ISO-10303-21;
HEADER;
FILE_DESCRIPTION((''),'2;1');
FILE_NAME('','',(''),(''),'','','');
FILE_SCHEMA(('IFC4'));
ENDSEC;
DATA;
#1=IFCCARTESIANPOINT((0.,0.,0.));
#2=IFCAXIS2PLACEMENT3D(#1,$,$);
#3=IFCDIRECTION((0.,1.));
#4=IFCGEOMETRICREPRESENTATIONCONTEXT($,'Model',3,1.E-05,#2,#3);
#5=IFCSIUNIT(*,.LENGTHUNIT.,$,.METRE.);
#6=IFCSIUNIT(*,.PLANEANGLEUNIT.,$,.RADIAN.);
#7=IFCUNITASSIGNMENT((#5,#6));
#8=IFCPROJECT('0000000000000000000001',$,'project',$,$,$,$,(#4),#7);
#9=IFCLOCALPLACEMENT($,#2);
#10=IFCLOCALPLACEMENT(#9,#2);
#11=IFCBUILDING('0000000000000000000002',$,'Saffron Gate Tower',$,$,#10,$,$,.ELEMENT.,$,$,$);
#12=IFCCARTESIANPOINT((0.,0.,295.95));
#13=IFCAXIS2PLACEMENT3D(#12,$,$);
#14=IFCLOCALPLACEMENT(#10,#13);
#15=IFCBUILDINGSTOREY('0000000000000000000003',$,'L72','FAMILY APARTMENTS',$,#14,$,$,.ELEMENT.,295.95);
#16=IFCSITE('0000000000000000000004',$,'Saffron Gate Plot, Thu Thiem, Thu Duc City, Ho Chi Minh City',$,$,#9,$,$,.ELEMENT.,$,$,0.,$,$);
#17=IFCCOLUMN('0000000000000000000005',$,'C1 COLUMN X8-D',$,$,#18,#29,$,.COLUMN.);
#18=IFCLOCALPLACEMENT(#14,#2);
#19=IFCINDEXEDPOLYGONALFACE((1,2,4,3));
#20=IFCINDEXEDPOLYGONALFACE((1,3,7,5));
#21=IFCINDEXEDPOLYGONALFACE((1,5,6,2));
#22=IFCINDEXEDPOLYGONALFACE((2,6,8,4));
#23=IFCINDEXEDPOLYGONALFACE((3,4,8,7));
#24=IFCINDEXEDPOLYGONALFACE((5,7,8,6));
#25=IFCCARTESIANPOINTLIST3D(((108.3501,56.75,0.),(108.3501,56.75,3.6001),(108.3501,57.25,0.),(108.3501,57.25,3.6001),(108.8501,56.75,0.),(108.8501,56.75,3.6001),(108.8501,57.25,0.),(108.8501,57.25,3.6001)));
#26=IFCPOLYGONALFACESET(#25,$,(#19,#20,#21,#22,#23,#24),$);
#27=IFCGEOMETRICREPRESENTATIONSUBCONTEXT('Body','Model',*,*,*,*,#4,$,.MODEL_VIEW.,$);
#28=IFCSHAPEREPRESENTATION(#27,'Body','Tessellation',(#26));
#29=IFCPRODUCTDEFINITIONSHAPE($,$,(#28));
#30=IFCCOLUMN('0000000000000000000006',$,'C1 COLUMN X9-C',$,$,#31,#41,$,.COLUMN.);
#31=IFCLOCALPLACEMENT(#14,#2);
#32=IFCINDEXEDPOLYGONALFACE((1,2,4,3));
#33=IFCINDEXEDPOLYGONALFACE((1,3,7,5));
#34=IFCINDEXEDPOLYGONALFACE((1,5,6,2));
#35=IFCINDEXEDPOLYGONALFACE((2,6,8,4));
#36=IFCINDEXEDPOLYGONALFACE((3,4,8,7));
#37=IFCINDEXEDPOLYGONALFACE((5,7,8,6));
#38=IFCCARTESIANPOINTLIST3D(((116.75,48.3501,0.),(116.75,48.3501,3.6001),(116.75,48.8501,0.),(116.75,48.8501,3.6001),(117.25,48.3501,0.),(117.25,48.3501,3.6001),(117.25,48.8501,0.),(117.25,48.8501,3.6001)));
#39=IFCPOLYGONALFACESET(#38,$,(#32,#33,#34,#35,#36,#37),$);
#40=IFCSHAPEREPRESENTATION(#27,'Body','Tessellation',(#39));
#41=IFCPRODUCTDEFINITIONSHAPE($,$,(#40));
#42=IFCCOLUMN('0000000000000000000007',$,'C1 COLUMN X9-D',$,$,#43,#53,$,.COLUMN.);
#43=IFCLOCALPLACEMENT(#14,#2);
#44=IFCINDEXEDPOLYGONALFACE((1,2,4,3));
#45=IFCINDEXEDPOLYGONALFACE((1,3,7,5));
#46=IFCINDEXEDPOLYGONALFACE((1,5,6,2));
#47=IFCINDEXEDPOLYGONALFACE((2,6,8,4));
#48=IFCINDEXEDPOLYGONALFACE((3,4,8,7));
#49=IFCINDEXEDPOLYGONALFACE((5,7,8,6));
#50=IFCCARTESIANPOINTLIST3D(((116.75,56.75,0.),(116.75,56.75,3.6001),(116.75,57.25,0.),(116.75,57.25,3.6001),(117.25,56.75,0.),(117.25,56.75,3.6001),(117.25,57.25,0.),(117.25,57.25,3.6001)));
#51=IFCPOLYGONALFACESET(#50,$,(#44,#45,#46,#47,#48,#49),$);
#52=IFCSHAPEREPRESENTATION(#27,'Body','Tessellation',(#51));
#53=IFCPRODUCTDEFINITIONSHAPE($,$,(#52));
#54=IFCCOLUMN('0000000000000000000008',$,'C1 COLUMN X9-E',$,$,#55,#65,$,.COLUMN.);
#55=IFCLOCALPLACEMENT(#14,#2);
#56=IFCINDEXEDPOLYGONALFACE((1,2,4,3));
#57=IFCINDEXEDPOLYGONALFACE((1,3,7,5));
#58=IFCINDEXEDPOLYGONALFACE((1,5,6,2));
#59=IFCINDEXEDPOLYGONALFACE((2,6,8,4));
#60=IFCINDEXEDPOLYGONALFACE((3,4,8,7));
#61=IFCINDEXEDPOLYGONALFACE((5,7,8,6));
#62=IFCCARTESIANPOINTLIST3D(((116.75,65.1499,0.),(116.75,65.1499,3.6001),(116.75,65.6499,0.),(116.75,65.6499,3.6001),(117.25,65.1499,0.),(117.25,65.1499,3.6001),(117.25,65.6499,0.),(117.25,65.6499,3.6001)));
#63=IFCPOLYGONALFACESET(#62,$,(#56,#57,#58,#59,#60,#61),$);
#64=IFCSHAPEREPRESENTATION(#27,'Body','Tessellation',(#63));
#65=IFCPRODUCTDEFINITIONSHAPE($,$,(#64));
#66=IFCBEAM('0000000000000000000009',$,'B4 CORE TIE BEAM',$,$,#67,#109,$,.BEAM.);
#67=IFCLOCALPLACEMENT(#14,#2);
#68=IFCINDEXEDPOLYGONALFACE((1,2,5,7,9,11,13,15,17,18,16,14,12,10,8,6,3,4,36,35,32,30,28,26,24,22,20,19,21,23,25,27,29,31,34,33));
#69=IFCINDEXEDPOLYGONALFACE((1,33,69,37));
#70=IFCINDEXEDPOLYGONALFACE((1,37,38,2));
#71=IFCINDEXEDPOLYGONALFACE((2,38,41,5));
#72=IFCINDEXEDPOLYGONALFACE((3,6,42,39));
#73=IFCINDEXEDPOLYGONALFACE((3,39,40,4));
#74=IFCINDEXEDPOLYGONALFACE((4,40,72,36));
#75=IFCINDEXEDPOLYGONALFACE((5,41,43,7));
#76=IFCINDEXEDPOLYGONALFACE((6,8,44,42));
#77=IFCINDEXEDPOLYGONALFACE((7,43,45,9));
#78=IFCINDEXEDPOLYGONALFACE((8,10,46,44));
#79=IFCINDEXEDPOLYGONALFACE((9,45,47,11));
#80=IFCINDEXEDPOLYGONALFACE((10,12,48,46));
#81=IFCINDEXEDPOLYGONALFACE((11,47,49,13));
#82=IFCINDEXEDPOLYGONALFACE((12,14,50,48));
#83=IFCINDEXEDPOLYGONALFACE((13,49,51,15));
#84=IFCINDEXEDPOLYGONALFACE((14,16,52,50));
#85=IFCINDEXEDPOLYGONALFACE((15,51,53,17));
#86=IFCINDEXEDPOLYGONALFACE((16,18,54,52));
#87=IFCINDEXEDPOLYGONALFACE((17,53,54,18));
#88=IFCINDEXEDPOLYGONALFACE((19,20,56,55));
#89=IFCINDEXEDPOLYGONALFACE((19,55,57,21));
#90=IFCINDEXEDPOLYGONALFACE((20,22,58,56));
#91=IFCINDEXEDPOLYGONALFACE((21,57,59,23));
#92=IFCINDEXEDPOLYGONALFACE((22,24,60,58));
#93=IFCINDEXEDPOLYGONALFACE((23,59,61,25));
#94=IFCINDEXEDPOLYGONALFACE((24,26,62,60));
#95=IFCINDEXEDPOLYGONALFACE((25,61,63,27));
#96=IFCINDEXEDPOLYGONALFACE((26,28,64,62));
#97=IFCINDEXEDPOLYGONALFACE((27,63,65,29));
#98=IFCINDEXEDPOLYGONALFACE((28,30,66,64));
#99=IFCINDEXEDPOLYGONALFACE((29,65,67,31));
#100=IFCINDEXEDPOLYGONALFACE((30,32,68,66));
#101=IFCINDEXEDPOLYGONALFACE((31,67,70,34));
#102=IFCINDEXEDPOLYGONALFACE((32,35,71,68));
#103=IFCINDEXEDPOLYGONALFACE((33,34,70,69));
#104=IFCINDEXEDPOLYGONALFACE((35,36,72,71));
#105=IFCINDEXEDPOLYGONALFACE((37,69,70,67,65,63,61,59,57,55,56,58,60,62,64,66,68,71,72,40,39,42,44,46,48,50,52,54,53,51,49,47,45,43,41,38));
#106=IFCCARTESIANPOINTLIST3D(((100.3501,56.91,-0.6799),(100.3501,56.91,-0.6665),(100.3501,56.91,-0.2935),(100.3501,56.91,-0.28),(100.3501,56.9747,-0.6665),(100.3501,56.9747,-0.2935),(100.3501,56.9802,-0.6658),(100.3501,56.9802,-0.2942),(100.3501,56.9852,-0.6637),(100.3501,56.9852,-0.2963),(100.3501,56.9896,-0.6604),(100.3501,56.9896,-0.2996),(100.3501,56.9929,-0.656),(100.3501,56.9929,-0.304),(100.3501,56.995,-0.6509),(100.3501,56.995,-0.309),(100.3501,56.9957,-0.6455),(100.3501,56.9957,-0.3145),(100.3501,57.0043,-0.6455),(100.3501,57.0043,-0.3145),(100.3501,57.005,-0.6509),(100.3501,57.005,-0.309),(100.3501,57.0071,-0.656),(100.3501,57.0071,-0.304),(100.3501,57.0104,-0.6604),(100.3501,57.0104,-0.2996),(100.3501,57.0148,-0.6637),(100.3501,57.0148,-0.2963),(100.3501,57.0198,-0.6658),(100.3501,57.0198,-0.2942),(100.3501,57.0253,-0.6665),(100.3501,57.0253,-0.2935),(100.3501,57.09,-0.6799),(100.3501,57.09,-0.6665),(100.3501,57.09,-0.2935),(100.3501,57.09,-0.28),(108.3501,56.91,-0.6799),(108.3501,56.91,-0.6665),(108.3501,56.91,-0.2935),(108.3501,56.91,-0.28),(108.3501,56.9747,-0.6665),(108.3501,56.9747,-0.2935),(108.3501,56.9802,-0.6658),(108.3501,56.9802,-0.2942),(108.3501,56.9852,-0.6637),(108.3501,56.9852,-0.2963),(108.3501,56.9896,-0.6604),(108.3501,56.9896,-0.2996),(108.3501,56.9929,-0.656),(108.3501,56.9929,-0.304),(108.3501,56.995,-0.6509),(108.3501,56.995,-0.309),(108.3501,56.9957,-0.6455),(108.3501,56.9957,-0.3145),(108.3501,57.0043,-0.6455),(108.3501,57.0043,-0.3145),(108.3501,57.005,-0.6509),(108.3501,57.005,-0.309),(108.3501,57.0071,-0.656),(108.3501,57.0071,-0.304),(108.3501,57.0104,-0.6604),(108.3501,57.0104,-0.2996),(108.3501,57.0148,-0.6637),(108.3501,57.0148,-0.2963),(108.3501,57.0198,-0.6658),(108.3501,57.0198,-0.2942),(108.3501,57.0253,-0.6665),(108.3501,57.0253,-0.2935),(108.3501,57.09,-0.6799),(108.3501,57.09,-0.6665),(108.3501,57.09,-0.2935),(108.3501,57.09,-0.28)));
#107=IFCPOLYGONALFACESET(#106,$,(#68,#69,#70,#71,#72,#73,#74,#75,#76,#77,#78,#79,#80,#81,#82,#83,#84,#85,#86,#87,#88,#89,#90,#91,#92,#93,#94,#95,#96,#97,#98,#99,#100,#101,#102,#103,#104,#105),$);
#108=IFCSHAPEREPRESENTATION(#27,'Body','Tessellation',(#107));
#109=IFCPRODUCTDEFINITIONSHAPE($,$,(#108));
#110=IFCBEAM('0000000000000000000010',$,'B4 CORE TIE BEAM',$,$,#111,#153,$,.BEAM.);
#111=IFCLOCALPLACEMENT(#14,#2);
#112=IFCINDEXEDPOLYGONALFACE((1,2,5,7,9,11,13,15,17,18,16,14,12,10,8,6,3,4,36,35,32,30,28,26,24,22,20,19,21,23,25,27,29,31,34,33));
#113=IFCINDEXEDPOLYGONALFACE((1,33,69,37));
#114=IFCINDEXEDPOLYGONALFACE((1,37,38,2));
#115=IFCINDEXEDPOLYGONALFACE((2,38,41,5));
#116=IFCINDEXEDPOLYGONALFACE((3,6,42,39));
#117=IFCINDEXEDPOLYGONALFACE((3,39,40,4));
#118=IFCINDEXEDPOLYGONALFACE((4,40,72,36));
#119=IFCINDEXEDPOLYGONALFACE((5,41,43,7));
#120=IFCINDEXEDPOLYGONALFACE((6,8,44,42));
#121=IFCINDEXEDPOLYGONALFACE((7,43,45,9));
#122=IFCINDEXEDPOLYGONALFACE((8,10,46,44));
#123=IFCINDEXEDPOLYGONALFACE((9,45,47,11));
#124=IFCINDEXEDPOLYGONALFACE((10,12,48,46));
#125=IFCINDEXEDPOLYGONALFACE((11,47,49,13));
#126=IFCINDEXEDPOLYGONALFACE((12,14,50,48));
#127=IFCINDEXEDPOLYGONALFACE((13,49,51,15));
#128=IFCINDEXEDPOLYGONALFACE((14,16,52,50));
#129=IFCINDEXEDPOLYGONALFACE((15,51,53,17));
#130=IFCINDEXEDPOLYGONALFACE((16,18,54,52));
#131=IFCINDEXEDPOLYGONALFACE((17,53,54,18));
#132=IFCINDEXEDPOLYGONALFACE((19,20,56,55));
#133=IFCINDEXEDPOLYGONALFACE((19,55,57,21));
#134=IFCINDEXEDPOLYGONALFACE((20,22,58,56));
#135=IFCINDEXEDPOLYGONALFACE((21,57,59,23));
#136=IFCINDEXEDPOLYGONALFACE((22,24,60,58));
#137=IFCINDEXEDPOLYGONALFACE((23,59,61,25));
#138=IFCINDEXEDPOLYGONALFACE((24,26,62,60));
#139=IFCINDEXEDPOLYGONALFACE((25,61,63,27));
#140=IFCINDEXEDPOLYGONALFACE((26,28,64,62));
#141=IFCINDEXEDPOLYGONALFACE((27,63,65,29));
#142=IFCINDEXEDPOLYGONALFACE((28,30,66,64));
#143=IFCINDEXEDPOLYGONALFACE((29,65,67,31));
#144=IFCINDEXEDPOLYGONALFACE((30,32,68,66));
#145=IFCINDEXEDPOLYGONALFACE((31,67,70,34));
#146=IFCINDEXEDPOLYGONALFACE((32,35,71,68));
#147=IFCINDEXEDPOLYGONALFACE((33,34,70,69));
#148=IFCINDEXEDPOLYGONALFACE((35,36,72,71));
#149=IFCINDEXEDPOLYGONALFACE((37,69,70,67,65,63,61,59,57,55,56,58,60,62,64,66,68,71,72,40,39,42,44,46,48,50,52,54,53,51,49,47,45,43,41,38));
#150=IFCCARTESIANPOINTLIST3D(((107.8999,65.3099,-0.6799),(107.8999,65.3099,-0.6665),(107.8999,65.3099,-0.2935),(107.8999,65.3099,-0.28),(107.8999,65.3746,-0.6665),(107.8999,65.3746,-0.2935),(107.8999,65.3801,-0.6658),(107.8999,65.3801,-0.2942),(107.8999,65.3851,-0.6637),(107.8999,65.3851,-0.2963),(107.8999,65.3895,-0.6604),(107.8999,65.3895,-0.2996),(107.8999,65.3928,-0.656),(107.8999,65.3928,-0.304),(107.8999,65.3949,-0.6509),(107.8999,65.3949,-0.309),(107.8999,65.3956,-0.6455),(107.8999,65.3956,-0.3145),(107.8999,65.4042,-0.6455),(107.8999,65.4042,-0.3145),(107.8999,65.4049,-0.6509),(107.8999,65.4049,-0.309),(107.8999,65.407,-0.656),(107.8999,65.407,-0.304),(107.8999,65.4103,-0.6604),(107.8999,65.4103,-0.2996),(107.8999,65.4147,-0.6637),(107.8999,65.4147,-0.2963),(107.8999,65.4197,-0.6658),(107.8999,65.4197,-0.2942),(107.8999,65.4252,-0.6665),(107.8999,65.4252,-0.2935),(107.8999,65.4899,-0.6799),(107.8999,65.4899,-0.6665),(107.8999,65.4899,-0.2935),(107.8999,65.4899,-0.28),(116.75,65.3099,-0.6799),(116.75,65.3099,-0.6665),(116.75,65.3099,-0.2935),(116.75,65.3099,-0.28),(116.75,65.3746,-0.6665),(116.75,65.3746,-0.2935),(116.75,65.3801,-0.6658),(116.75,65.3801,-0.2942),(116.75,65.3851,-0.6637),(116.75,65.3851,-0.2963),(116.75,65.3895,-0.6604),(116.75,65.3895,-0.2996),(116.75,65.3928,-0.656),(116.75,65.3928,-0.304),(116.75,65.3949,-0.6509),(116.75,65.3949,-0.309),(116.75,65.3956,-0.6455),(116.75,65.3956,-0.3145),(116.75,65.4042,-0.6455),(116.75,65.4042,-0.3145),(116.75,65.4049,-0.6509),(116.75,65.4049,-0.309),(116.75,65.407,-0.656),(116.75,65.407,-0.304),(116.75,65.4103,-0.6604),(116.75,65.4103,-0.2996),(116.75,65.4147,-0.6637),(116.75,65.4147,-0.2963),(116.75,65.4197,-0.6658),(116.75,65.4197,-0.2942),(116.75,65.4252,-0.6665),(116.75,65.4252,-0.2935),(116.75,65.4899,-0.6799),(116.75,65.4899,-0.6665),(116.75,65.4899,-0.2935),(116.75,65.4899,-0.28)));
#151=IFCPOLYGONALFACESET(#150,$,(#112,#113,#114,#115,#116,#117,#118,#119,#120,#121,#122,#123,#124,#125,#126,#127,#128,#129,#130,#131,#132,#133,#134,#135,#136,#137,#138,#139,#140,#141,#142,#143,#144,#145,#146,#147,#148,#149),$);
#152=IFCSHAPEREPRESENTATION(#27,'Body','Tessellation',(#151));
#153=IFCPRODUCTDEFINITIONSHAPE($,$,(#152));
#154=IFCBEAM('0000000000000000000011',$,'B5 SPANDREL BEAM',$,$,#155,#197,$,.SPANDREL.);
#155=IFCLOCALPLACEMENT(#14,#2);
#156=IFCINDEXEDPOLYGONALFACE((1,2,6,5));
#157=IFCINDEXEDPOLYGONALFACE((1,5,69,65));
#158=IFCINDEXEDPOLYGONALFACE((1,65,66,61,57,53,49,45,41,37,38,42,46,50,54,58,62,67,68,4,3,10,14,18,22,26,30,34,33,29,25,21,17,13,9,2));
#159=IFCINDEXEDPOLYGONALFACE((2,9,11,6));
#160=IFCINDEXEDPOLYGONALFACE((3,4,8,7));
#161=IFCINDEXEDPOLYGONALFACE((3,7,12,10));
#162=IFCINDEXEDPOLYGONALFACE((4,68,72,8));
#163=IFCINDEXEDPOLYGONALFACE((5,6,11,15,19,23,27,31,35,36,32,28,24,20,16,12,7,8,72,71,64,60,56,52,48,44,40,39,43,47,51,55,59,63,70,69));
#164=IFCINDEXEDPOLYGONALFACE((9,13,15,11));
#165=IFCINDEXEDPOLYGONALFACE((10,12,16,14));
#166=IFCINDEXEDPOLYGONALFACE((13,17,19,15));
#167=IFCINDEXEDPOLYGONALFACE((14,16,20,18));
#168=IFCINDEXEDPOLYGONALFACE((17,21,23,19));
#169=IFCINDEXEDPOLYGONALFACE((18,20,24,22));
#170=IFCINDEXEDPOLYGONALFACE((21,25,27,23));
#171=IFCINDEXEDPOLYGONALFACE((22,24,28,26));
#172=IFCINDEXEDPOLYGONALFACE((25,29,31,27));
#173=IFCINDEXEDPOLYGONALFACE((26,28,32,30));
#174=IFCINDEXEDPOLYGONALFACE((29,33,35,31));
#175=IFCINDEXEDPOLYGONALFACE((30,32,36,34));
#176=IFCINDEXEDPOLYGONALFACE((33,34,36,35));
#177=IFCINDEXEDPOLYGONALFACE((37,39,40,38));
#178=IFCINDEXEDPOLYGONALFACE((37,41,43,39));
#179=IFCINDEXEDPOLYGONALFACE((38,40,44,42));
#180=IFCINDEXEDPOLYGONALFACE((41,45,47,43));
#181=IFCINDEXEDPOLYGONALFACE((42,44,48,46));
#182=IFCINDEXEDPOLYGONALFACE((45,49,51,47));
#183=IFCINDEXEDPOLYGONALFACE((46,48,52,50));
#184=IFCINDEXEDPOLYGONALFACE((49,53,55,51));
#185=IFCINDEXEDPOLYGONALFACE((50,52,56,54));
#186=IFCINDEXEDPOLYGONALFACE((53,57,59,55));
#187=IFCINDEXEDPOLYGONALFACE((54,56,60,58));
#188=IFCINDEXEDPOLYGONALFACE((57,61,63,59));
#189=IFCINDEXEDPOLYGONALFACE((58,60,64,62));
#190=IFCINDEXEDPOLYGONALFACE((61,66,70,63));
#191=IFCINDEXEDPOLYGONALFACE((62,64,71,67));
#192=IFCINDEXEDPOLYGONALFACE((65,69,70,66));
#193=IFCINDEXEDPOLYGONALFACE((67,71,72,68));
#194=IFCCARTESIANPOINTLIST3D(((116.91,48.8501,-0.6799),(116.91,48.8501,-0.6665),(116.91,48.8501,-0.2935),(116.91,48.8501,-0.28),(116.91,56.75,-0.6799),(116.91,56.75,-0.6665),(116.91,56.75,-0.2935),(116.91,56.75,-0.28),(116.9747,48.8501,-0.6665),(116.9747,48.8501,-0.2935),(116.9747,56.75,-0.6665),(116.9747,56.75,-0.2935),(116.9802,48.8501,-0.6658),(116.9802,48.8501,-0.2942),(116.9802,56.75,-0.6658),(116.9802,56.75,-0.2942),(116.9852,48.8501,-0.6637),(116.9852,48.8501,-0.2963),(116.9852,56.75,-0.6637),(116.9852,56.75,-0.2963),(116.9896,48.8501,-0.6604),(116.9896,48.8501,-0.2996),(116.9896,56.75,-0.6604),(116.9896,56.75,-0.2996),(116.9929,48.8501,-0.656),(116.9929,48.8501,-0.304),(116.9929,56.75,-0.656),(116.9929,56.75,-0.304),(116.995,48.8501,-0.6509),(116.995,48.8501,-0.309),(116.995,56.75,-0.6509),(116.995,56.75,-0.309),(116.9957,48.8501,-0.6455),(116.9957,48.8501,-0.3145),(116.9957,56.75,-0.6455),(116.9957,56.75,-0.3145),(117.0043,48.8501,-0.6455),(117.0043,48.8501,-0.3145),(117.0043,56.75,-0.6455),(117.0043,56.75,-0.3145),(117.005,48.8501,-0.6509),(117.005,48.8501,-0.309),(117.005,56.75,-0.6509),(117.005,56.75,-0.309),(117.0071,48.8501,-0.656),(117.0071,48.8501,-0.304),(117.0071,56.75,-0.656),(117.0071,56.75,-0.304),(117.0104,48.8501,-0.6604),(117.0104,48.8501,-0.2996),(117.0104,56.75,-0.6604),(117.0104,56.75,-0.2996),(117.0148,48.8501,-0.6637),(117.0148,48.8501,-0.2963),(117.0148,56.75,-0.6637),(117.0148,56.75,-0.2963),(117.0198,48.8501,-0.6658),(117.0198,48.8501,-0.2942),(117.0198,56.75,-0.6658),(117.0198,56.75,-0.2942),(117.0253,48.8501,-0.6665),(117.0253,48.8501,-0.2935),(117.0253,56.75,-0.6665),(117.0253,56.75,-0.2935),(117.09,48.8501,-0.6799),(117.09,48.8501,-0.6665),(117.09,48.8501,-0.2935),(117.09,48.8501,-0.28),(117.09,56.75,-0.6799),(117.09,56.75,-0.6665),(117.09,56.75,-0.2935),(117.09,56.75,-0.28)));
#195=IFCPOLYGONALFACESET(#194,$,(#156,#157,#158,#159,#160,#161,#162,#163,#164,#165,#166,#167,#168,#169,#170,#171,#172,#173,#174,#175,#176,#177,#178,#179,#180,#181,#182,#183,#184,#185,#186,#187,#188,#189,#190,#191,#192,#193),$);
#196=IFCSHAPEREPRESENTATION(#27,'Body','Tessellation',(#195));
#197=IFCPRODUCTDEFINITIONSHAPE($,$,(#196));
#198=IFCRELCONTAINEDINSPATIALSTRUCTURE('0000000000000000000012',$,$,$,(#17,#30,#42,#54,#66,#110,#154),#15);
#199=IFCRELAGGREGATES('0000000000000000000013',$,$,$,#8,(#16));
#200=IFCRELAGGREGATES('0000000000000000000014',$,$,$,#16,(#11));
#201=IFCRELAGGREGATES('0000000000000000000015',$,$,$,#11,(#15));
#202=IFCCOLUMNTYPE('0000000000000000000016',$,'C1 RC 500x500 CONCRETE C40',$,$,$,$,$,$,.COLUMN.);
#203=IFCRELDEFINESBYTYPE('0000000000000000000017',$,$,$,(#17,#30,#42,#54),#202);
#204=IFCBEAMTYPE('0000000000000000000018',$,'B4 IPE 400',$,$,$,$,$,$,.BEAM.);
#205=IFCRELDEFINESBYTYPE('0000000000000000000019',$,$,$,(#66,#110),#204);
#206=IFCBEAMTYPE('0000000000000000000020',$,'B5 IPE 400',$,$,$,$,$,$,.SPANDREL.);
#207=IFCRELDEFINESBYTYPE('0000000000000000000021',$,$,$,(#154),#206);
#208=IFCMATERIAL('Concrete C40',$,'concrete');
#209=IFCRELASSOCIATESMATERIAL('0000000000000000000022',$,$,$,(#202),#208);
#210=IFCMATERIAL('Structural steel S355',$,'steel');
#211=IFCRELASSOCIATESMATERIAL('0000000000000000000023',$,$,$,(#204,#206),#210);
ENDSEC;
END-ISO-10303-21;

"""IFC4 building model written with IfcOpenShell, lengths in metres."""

from ifc_helpers import new_model, si_unit, direction, frame, origin, origin_2d, place, context, subcontext, project, spatial, rectangle, i_section, extrude, material, material_profile, profile_set, type_object, element, save


model = new_model("IFC4")

# Units and contexts
model_context = context("Model", 3, precision=1e-05, world=origin(), true_north=direction((0.0, 1.0)))
body_context = subcontext(model_context, "Body", "Model", "MODEL_VIEW")
ifc_project = project(units=[si_unit("LENGTHUNIT", "METRE"), si_unit("PLANEANGLEUNIT", "RADIAN")], contexts=[model_context])

# Site, building, storey
site_placement = place(None, origin())
site = spatial("IfcSite", under=ifc_project, at=site_placement, Name="Saffron Gate Plot, Thu Thiem, Thu Duc City, Ho Chi Minh City", CompositionType="ELEMENT", RefElevation=0.0)
building_placement = place(site_placement, origin())
building = spatial("IfcBuilding", under=site, at=building_placement, Name="Saffron Gate Tower", CompositionType="ELEMENT")
storey_placement = place(building_placement, frame((0.0, 0.0, 295.95)))
storey = spatial("IfcBuildingStorey", under=building, at=storey_placement, Name="L72", Description="FAMILY APARTMENTS", CompositionType="ELEMENT", Elevation=295.95)

# Columns
ifc_material_1 = material(Name="Concrete C40", Category="concrete")
ifc_material_profile_1 = material_profile(ifc_material_1, rectangle(XDim=0.5, YDim=0.5, at=origin_2d()))
ifc_profile_set_1 = profile_set([ifc_material_profile_1], Name="Concrete C40")
column_type = type_object("IfcColumnType", Name="C1 RC 500x500 CONCRETE C40", PredefinedType="COLUMN", material=ifc_profile_set_1)
for number, where, z_axis, x_axis, name in (
    (1, (108.6001, 57.0, 0.0), (0.0, 0.0, 1.0), (1.0, 0.0, 0.0), "C1 COLUMN X8-D"),
    (2, (117.0, 48.6001, 0.0), (0.0, 0.0, 1.0), (1.0, 0.0, 0.0), "C1 COLUMN X9-C"),
    (3, (117.0, 57.0, 0.0), (0.0, 0.0, 1.0), (1.0, 0.0, 0.0), "C1 COLUMN X9-D"),
    (4, (117.0, 65.3999, 0.0), (0.0, 0.0, 1.0), (1.0, 0.0, 0.0), "C1 COLUMN X9-E"),
):
    element("IfcColumn", number, at=place(storey_placement, frame(where, z_axis=z_axis, x_axis=x_axis)), inside=storey, type_object=column_type, Name=name, PredefinedType="COLUMN", context=body_context, shape_type="SweptSolid", body=[
        extrude(rectangle(XDim=0.5, YDim=0.5, at=origin_2d()), origin(), (0.0, 0.0, 1.0), 3.6001),
    ])

# Beams
ifc_material_2 = material(Name="Structural steel S355", Category="steel")
ifc_material_profile_2 = material_profile(ifc_material_2, i_section(OverallWidth=0.1799, OverallDepth=0.3999, WebThickness=0.0085, FlangeThickness=0.0134, FilletRadius=0.021, at=origin_2d()))
ifc_profile_set_2 = profile_set([ifc_material_profile_2], Name="Structural steel S355")
beam_type_1 = type_object("IfcBeamType", Name="B4 IPE 400", PredefinedType="BEAM", material=ifc_profile_set_2)
beam_1_placement = place(storey_placement, frame((108.3501, 57.0, -0.48), z_axis=(-1.0, 0.0, 0.0), x_axis=(0.0, -1.0, 0.0)))
element("IfcBeam", 5, at=beam_1_placement, inside=storey, type_object=beam_type_1, Name="B4 CORE TIE BEAM", PredefinedType="BEAM", context=body_context, shape_type="SweptSolid", body=[
    extrude(i_section(OverallWidth=0.1799, OverallDepth=0.3999, WebThickness=0.0085, FlangeThickness=0.0134, FilletRadius=0.021, at=origin_2d()), origin(), (0.0, 0.0, 1.0), 8.0),
])
beam_2_placement = place(storey_placement, frame((116.75, 65.3999, -0.48), z_axis=(-1.0, 0.0, 0.0), x_axis=(0.0, -1.0, 0.0)))
element("IfcBeam", 6, at=beam_2_placement, inside=storey, type_object=beam_type_1, Name="B4 CORE TIE BEAM", PredefinedType="BEAM", context=body_context, shape_type="SweptSolid", body=[
    extrude(i_section(OverallWidth=0.1799, OverallDepth=0.3999, WebThickness=0.0085, FlangeThickness=0.0134, FilletRadius=0.021, at=origin_2d()), origin(), (0.0, 0.0, 1.0), 8.8501),
])
ifc_material_profile_3 = material_profile(ifc_material_2, i_section(OverallWidth=0.1799, OverallDepth=0.3999, WebThickness=0.0085, FlangeThickness=0.0134, FilletRadius=0.021, at=origin_2d()))
ifc_profile_set_3 = profile_set([ifc_material_profile_3], Name="Structural steel S355")
beam_type_2 = type_object("IfcBeamType", Name="B5 IPE 400", PredefinedType="SPANDREL", material=ifc_profile_set_3)
for number, where, z_axis, x_axis, name in (
    (7, (117.0, 48.8501, -0.48), (0.0, 1.0, 0.0), (-1.0, 0.0, 0.0), "B5 SPANDREL BEAM"),
):
    element("IfcBeam", number, at=place(storey_placement, frame(where, z_axis=z_axis, x_axis=x_axis)), inside=storey, type_object=beam_type_2, Name=name, PredefinedType="SPANDREL", context=body_context, shape_type="SweptSolid", body=[
        extrude(i_section(OverallWidth=0.1799, OverallDepth=0.3999, WebThickness=0.0085, FlangeThickness=0.0134, FilletRadius=0.021, at=origin_2d()), origin(), (0.0, 0.0, 1.0), 7.8999),
    ])

save(model, "model.ifc")
